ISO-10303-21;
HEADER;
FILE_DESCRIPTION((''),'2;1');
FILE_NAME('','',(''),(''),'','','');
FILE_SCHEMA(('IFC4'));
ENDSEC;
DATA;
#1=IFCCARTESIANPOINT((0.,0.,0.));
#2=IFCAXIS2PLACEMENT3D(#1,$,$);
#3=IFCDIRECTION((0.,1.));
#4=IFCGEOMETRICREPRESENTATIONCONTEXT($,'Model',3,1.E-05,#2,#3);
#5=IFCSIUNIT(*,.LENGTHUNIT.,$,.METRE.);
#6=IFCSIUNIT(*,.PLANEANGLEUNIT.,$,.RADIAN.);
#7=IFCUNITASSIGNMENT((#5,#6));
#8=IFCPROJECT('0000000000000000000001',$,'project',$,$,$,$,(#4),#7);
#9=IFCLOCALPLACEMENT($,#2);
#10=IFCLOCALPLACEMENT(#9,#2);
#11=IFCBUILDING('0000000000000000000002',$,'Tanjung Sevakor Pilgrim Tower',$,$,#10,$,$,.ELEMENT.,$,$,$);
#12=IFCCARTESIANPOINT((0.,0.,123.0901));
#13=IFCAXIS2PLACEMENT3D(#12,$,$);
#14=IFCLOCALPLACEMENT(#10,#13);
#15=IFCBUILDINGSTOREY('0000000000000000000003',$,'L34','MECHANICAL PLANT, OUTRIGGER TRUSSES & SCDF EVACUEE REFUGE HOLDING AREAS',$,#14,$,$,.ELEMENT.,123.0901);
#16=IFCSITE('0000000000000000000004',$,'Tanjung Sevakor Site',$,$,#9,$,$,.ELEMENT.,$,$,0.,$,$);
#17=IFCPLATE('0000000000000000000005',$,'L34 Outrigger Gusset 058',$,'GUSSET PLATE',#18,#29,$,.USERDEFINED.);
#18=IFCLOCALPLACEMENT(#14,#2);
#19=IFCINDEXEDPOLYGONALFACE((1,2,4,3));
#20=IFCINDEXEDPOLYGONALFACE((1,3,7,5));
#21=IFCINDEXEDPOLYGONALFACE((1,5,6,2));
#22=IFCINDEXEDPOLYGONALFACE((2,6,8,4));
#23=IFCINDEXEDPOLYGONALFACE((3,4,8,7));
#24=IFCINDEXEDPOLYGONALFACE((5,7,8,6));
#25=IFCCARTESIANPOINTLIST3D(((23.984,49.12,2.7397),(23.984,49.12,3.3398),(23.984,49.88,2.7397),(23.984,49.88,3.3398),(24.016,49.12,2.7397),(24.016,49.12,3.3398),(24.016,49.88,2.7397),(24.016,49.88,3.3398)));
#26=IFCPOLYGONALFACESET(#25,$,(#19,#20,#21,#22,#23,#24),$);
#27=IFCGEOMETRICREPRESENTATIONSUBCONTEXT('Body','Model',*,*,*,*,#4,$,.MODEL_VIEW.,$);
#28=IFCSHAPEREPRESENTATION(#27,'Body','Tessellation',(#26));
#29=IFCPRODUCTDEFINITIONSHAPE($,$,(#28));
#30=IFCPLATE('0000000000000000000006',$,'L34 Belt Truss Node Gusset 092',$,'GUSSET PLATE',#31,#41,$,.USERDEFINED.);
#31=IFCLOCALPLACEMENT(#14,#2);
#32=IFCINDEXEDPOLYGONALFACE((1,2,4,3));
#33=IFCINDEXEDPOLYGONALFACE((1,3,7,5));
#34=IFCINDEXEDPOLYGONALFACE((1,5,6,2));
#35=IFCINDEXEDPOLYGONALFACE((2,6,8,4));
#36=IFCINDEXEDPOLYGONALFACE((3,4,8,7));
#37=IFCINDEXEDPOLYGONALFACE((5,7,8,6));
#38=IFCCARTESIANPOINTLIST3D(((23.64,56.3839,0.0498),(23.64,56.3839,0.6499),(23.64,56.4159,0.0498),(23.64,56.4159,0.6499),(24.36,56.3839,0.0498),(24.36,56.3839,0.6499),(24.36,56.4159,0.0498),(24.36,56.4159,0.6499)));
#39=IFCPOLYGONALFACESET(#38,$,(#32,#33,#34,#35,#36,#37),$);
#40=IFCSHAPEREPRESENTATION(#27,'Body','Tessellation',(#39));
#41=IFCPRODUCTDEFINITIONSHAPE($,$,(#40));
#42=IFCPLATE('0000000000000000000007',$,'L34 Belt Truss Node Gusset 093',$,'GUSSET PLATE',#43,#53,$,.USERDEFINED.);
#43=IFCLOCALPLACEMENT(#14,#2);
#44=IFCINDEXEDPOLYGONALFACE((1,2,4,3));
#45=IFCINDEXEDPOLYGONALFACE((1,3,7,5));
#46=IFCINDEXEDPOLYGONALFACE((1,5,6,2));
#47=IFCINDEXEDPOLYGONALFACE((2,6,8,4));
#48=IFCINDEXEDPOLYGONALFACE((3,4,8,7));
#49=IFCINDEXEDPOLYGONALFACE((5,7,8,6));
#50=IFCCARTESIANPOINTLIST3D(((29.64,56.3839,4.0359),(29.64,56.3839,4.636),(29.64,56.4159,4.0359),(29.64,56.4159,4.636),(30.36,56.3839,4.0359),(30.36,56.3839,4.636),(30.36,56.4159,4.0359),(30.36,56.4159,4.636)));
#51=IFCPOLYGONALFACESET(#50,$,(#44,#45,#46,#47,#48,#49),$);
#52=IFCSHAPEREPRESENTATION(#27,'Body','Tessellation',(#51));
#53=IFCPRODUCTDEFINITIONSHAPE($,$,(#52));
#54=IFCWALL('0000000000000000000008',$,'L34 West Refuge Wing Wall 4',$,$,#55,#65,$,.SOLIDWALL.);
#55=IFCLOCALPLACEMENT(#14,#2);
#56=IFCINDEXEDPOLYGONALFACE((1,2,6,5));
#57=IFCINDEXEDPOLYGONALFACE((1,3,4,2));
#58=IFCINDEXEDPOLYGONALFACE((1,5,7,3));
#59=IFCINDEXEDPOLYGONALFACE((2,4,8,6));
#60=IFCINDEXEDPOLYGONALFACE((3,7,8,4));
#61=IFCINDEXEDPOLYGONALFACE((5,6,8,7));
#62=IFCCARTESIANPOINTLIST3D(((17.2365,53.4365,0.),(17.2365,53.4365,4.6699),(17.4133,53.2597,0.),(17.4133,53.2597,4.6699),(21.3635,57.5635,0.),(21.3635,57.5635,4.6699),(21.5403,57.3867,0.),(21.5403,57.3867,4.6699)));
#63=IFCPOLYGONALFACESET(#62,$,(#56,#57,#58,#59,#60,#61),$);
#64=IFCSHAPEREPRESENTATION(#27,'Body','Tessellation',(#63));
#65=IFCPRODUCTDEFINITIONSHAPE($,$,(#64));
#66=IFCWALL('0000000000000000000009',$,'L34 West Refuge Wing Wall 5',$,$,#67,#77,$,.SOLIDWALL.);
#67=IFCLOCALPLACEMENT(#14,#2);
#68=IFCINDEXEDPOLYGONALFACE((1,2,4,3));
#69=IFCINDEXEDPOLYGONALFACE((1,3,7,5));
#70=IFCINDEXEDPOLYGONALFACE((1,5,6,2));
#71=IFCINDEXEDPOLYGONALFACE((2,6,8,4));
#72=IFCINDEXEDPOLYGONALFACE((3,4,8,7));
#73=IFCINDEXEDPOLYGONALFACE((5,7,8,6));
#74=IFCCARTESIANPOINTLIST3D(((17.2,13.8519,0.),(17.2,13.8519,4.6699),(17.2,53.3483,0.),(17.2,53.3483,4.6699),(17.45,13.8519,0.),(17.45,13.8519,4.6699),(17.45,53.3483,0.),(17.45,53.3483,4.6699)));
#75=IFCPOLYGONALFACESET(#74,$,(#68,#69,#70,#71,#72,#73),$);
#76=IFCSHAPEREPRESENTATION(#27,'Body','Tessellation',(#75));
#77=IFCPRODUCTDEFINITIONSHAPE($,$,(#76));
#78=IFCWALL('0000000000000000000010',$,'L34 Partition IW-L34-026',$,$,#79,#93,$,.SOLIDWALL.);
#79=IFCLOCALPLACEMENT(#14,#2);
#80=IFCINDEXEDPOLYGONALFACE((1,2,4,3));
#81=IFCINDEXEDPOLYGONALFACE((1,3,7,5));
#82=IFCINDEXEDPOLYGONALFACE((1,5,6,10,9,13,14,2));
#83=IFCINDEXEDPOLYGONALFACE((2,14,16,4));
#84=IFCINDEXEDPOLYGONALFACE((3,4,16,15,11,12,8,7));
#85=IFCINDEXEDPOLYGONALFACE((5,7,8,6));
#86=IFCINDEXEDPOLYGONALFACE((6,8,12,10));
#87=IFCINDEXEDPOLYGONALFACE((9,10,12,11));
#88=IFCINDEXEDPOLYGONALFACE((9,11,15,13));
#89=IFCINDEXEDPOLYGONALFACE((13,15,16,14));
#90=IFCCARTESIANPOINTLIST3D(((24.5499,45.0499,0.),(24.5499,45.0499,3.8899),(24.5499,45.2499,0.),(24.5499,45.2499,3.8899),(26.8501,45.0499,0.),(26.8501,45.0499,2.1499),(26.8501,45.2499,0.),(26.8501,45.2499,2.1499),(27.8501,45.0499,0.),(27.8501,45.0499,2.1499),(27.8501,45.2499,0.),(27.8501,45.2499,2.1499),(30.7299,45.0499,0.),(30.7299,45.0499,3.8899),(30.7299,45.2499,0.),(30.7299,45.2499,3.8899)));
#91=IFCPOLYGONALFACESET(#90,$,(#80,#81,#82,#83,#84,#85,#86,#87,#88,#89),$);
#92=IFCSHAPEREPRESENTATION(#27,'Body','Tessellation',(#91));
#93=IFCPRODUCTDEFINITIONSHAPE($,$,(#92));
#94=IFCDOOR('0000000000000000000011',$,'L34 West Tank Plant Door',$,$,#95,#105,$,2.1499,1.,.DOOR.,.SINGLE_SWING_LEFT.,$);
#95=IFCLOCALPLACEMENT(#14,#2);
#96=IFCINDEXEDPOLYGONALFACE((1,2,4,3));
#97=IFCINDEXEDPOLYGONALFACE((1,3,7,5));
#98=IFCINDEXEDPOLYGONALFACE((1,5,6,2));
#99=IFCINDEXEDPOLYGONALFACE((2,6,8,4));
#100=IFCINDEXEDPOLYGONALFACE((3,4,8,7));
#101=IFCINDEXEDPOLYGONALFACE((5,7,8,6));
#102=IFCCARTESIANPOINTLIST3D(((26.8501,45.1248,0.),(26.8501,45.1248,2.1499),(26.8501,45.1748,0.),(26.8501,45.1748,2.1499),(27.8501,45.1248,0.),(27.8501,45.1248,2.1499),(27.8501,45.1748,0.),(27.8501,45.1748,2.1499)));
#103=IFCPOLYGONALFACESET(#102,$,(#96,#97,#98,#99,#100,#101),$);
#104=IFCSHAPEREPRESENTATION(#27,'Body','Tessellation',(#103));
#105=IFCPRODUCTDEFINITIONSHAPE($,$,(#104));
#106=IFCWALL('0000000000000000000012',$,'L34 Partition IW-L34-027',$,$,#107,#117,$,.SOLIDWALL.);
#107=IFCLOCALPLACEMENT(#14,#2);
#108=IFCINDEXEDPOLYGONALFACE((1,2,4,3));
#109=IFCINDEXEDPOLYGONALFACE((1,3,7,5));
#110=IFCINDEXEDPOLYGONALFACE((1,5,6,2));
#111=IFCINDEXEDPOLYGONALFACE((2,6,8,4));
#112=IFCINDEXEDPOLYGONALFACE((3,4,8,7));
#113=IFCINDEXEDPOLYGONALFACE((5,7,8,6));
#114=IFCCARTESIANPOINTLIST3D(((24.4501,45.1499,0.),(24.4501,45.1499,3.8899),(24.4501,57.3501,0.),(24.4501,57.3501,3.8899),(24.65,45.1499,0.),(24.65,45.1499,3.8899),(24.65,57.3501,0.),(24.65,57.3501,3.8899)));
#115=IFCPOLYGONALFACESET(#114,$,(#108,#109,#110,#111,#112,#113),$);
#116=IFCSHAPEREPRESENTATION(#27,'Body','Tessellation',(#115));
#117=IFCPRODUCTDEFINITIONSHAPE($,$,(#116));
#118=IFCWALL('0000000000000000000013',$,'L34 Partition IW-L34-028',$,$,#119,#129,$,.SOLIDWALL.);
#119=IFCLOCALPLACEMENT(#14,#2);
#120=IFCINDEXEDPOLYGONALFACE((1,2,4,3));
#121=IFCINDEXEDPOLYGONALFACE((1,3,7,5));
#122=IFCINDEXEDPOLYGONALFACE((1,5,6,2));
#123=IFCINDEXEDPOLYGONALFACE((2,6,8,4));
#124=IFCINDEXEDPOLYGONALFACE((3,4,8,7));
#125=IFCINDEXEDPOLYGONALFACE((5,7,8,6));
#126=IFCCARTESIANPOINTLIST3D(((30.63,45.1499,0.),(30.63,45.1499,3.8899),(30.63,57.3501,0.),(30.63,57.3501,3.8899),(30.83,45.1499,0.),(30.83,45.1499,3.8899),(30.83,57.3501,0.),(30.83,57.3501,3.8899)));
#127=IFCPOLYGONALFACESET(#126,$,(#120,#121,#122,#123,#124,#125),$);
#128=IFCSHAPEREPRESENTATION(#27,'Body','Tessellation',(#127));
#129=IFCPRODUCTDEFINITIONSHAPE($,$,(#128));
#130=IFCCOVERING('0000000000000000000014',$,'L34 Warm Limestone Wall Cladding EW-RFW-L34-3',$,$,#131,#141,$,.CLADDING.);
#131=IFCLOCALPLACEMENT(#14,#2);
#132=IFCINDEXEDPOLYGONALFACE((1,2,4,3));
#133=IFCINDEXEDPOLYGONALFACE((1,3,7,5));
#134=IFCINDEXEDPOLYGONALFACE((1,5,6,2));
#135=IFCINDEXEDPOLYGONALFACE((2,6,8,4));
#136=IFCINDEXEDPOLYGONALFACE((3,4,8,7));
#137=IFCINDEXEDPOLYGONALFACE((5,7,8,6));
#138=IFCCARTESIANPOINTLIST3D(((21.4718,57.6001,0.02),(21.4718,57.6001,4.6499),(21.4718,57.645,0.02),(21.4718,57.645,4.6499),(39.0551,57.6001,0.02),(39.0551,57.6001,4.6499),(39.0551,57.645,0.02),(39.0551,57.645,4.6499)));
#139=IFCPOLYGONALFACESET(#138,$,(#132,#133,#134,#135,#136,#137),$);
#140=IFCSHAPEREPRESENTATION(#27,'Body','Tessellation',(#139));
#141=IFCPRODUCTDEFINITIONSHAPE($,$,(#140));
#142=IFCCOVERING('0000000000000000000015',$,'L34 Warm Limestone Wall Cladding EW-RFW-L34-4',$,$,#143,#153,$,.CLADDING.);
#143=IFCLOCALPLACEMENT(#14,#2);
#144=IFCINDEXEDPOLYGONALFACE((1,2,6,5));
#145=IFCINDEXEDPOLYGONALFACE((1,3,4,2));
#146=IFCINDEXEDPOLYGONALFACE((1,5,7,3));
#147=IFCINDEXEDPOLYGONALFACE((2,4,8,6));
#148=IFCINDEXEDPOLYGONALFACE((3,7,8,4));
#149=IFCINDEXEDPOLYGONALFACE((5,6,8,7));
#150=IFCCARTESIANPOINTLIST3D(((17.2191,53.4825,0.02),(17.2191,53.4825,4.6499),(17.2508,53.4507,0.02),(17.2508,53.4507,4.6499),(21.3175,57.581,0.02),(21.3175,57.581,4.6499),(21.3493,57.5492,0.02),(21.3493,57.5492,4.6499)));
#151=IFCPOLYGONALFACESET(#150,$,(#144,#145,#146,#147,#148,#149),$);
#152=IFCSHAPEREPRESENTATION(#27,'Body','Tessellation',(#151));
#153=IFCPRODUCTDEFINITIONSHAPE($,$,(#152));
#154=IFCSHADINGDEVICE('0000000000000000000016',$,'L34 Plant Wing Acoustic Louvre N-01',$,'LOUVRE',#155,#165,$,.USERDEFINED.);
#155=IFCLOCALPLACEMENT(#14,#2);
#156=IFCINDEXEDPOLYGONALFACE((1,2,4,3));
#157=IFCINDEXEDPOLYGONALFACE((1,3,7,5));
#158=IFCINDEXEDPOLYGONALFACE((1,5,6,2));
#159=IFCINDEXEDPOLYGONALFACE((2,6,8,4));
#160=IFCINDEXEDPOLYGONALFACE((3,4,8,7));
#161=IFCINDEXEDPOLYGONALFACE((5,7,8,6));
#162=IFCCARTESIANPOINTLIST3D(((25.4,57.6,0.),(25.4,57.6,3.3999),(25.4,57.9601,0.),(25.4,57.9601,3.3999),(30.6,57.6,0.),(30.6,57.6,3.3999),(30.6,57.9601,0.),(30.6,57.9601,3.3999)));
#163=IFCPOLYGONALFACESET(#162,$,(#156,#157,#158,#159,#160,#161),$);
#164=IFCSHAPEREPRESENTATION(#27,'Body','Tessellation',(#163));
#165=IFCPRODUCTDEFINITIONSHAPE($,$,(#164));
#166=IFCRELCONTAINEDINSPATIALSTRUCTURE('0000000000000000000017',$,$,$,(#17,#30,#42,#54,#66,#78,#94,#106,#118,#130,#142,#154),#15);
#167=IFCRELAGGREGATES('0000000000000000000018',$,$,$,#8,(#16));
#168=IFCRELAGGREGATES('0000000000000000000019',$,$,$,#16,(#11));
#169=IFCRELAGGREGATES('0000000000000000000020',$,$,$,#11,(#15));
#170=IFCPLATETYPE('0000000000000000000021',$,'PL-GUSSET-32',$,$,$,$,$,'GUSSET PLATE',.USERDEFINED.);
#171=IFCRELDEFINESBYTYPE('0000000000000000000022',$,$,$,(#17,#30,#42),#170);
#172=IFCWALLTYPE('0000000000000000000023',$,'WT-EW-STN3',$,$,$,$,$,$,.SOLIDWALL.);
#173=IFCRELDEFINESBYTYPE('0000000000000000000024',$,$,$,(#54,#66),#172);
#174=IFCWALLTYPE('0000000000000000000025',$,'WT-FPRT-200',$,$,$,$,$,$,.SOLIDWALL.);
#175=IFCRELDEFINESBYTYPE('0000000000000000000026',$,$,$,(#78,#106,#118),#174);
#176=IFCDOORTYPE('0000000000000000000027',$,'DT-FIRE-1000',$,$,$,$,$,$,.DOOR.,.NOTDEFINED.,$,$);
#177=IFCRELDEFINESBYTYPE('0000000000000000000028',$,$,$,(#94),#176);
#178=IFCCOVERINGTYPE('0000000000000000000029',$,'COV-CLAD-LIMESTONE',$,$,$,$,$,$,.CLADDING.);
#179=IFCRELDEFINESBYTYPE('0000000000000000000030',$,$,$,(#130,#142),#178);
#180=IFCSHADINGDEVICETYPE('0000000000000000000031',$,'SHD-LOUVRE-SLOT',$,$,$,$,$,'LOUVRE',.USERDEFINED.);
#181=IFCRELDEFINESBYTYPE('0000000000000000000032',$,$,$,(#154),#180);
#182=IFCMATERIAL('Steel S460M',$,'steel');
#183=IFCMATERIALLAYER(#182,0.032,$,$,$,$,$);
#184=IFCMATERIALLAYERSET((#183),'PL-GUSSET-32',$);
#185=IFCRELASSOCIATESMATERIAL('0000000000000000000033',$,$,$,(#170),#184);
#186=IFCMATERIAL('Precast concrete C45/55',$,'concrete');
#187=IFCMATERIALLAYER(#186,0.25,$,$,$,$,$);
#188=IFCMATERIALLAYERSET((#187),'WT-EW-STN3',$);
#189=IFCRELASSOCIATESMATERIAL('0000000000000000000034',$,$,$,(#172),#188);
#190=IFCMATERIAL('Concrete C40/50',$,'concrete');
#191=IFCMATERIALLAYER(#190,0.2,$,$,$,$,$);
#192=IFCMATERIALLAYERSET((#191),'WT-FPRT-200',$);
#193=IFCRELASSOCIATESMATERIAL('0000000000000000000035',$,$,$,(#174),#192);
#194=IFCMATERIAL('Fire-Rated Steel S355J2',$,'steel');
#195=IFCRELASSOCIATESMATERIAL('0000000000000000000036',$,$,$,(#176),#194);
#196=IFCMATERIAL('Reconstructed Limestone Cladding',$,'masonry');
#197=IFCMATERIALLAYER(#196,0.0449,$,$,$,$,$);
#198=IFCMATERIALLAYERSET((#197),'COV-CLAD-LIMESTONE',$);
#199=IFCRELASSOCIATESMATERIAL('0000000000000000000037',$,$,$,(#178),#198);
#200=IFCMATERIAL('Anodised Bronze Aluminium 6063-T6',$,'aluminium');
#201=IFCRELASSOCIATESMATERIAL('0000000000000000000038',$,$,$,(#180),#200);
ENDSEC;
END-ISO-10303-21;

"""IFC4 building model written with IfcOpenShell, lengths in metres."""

from ifc_helpers import new_model, si_unit, direction, frame, frame_2d, origin, origin_2d, place, context, subcontext, project, spatial, rectangle, extrude, material, layer, layer_set, type_object, element, fill, save


model = new_model("IFC4")

# Units and contexts
model_context = context("Model", 3, precision=1e-05, world=origin(), true_north=direction((0.0, 1.0)))
body_context = subcontext(model_context, "Body", "Model", "MODEL_VIEW")
ifc_project = project(units=[si_unit("LENGTHUNIT", "METRE"), si_unit("PLANEANGLEUNIT", "RADIAN")], contexts=[model_context])

# Site, building, storey
site_placement = place(None, origin())
site = spatial("IfcSite", under=ifc_project, at=site_placement, Name="Tanjung Sevakor Site", CompositionType="ELEMENT", RefElevation=0.0)
building_placement = place(site_placement, origin())
building = spatial("IfcBuilding", under=site, at=building_placement, Name="Tanjung Sevakor Pilgrim Tower", CompositionType="ELEMENT")
storey_placement = place(building_placement, frame((0.0, 0.0, 123.0901)))
storey = spatial("IfcBuildingStorey", under=building, at=storey_placement, Name="L34", Description="MECHANICAL PLANT, OUTRIGGER TRUSSES & SCDF EVACUEE REFUGE HOLDING AREAS", CompositionType="ELEMENT", Elevation=123.0901)

# Plates
ifc_material_1 = material(Name="Steel S460M", Category="steel")
ifc_layer_1 = layer(ifc_material_1, 0.032)
ifc_layer_set_1 = layer_set([ifc_layer_1], Name="PL-GUSSET-32")
plate_type_1 = type_object("IfcPlateType", Name="PL-GUSSET-32", ElementType="GUSSET PLATE", PredefinedType="USERDEFINED", material=ifc_layer_set_1)
for number, where, z_axis, x_axis, name in (
    (1, (24.0, 49.5, 2.7397), (0.0, 0.0, 1.0), (1.0, 0.0, 0.0), "L34 Outrigger Gusset 058"),
):
    element("IfcPlate", number, at=place(storey_placement, frame(where, z_axis=z_axis, x_axis=x_axis)), inside=storey, type_object=plate_type_1, Name=name, ObjectType="GUSSET PLATE", PredefinedType="USERDEFINED", context=body_context, shape_type="SweptSolid", body=[
        extrude(rectangle(XDim=0.032, YDim=0.76, at=origin_2d()), origin(), (0.0, 0.0, 1.0), 0.6001),
    ])
for number, where, z_axis, x_axis, name in (
    (2, (24.0, 56.3999, 0.0498), (0.0, 0.0, 1.0), (1.0, 0.0, 0.0), "L34 Belt Truss Node Gusset 092"),
    (3, (30.0, 56.3999, 4.0359), (0.0, 0.0, 1.0), (1.0, 0.0, 0.0), "L34 Belt Truss Node Gusset 093"),
):
    element("IfcPlate", number, at=place(storey_placement, frame(where, z_axis=z_axis, x_axis=x_axis)), inside=storey, type_object=plate_type_1, Name=name, ObjectType="GUSSET PLATE", PredefinedType="USERDEFINED", context=body_context, shape_type="SweptSolid", body=[
        extrude(rectangle(XDim=0.72, YDim=0.032, at=origin_2d()), origin(), (0.0, 0.0, 1.0), 0.6001),
    ])

# Walls
ifc_material_2 = material(Name="Precast concrete C45/55", Category="concrete")
ifc_layer_2 = layer(ifc_material_2, 0.25)
ifc_layer_set_2 = layer_set([ifc_layer_2], Name="WT-EW-STN3")
wall_type_1 = type_object("IfcWallType", Name="WT-EW-STN3", PredefinedType="SOLIDWALL", material=ifc_layer_set_2)
wall_1_placement = place(storey_placement, frame((21.4519, 57.4751, 0.0), z_axis=(0.0, 0.0, 1.0), x_axis=(-0.707107, -0.707107, 0.0)))
element("IfcWall", 4, at=wall_1_placement, inside=storey, type_object=wall_type_1, Name="L34 West Refuge Wing Wall 4", PredefinedType="SOLIDWALL", context=body_context, shape_type="SweptSolid", body=[
    extrude(rectangle(XDim=5.8364, YDim=0.25, at=frame_2d((2.9182, 0.0))), origin(), (0.0, 0.0, 1.0), 4.6699),
])
wall_2_placement = place(storey_placement, frame((17.325, 53.3481, 0.0), z_axis=(0.0, 0.0, 1.0), x_axis=(0.0, -1.0, 0.0)))
element("IfcWall", 5, at=wall_2_placement, inside=storey, type_object=wall_type_1, Name="L34 West Refuge Wing Wall 5", PredefinedType="SOLIDWALL", context=body_context, shape_type="SweptSolid", body=[
    extrude(rectangle(XDim=39.4963, YDim=0.25, at=frame_2d((19.748, 0.0))), origin(), (0.0, 0.0, 1.0), 4.6699),
])

# Wall, opening, door
ifc_material_3 = material(Name="Concrete C40/50", Category="concrete")
ifc_layer_3 = layer(ifc_material_3, 0.2)
ifc_layer_set_3 = layer_set([ifc_layer_3], Name="WT-FPRT-200")
wall_type_2 = type_object("IfcWallType", Name="WT-FPRT-200", PredefinedType="SOLIDWALL", material=ifc_layer_set_3)
wall_3_placement = place(storey_placement, frame((24.55, 45.1499, 0.0), z_axis=(0.0, 0.0, 1.0), x_axis=(1.0, 0.0, 0.0)))
wall_3 = element("IfcWall", 6, at=wall_3_placement, inside=storey, type_object=wall_type_2, Name="L34 Partition IW-L34-026", PredefinedType="SOLIDWALL", context=body_context, shape_type="SweptSolid", body=[
    extrude(rectangle(XDim=6.1799, YDim=0.2, at=frame_2d((3.0898, 0.0))), origin(), (0.0, 0.0, 1.0), 3.8899),
])
opening_1_placement = place(wall_3_placement, frame((2.3, 0.0, 0.0)))
opening_1 = element("IfcOpeningElement", 7, at=opening_1_placement, cuts=wall_3, PredefinedType="OPENING", context=body_context, shape_type="SweptSolid", body=[
    extrude(rectangle(XDim=1.0, YDim=2.1499, at=frame_2d((0.5, 1.075))), frame((0.0, 0.1099, 0.0), z_axis=(0.0, -1.0, 0.0), x_axis=(1.0, 0.0, 0.0)), (0.0, 0.0, 1.0), 0.22),
])
ifc_material_4 = material(Name="Fire-Rated Steel S355J2", Category="steel")
door_type = type_object("IfcDoorType", Name="DT-FIRE-1000", OperationType="NOTDEFINED", PredefinedType="DOOR", material=ifc_material_4)
door_1_placement = place(opening_1_placement, origin())
door_1 = element("IfcDoor", 8, at=door_1_placement, inside=storey, type_object=door_type, Name="L34 West Tank Plant Door", OperationType="SINGLE_SWING_LEFT", OverallHeight=2.1499, OverallWidth=1.0, PredefinedType="DOOR", context=body_context, shape_type="SweptSolid", body=[
    extrude(rectangle(XDim=1.0, YDim=2.1499, at=frame_2d((0.5, 1.075))), frame((0.0, 0.0249, 0.0), z_axis=(0.0, -1.0, 0.0), x_axis=(1.0, 0.0, 0.0)), (0.0, 0.0, 1.0), 0.05),
])
fill(opening_1, door_1)

# Walls
for number, where, z_axis, x_axis, name in (
    (9, (24.55, 45.1499, 0.0), (0.0, 0.0, 1.0), (0.0, 1.0, 0.0), "L34 Partition IW-L34-027"),
    (10, (30.73, 45.1499, 0.0), (0.0, 0.0, 1.0), (0.0, 1.0, 0.0), "L34 Partition IW-L34-028"),
):
    element("IfcWall", number, at=place(storey_placement, frame(where, z_axis=z_axis, x_axis=x_axis)), inside=storey, type_object=wall_type_2, Name=name, PredefinedType="SOLIDWALL", context=body_context, shape_type="SweptSolid", body=[
        extrude(rectangle(XDim=12.2002, YDim=0.2, at=frame_2d((6.1001, 0.0))), origin(), (0.0, 0.0, 1.0), 3.8899),
    ])

# Coverings
ifc_material_5 = material(Name="Reconstructed Limestone Cladding", Category="masonry")
ifc_layer_4 = layer(ifc_material_5, 0.0449)
ifc_layer_set_4 = layer_set([ifc_layer_4], Name="COV-CLAD-LIMESTONE")
covering_type = type_object("IfcCoveringType", Name="COV-CLAD-LIMESTONE", PredefinedType="CLADDING", material=ifc_layer_set_4)
covering_1_placement = place(storey_placement, frame((30.2634, 57.6226, 0.02), z_axis=(0.0, 0.0, 1.0), x_axis=(-1.0, 0.0, 0.0)))
element("IfcCovering", 11, at=covering_1_placement, inside=storey, type_object=covering_type, Name="L34 Warm Limestone Wall Cladding EW-RFW-L34-3", PredefinedType="CLADDING", context=body_context, shape_type="SweptSolid", body=[
    extrude(rectangle(XDim=17.5833, YDim=0.0449, at=origin_2d()), origin(), (0.0, 0.0, 1.0), 4.6299),
])
covering_2_placement = place(storey_placement, frame((19.2842, 55.5159, 0.02), z_axis=(0.0, 0.0, 1.0), x_axis=(-0.707107, -0.707107, 0.0)))
element("IfcCovering", 12, at=covering_2_placement, inside=storey, type_object=covering_type, Name="L34 Warm Limestone Wall Cladding EW-RFW-L34-4", PredefinedType="CLADDING", context=body_context, shape_type="SweptSolid", body=[
    extrude(rectangle(XDim=5.7961, YDim=0.0449, at=origin_2d()), origin(), (0.0, 0.0, 1.0), 4.6299),
])

# Shading device
ifc_material_6 = material(Name="Anodised Bronze Aluminium 6063-T6", Category="aluminium")
shading_device_type = type_object("IfcShadingDeviceType", Name="SHD-LOUVRE-SLOT", ElementType="LOUVRE", PredefinedType="USERDEFINED", material=ifc_material_6)
shading_device_placement = place(storey_placement, frame((28.0, 57.78, 0.0), z_axis=(0.0, 0.0, 1.0), x_axis=(1.0, 0.0, 0.0)))
element("IfcShadingDevice", 13, at=shading_device_placement, inside=storey, type_object=shading_device_type, Name="L34 Plant Wing Acoustic Louvre N-01", ObjectType="LOUVRE", PredefinedType="USERDEFINED", context=body_context, shape_type="SweptSolid", body=[
    extrude(rectangle(XDim=5.2, YDim=0.3601, at=origin_2d()), origin(), (0.0, 0.0, 1.0), 3.3999),
])

save(model, "model.ifc")
